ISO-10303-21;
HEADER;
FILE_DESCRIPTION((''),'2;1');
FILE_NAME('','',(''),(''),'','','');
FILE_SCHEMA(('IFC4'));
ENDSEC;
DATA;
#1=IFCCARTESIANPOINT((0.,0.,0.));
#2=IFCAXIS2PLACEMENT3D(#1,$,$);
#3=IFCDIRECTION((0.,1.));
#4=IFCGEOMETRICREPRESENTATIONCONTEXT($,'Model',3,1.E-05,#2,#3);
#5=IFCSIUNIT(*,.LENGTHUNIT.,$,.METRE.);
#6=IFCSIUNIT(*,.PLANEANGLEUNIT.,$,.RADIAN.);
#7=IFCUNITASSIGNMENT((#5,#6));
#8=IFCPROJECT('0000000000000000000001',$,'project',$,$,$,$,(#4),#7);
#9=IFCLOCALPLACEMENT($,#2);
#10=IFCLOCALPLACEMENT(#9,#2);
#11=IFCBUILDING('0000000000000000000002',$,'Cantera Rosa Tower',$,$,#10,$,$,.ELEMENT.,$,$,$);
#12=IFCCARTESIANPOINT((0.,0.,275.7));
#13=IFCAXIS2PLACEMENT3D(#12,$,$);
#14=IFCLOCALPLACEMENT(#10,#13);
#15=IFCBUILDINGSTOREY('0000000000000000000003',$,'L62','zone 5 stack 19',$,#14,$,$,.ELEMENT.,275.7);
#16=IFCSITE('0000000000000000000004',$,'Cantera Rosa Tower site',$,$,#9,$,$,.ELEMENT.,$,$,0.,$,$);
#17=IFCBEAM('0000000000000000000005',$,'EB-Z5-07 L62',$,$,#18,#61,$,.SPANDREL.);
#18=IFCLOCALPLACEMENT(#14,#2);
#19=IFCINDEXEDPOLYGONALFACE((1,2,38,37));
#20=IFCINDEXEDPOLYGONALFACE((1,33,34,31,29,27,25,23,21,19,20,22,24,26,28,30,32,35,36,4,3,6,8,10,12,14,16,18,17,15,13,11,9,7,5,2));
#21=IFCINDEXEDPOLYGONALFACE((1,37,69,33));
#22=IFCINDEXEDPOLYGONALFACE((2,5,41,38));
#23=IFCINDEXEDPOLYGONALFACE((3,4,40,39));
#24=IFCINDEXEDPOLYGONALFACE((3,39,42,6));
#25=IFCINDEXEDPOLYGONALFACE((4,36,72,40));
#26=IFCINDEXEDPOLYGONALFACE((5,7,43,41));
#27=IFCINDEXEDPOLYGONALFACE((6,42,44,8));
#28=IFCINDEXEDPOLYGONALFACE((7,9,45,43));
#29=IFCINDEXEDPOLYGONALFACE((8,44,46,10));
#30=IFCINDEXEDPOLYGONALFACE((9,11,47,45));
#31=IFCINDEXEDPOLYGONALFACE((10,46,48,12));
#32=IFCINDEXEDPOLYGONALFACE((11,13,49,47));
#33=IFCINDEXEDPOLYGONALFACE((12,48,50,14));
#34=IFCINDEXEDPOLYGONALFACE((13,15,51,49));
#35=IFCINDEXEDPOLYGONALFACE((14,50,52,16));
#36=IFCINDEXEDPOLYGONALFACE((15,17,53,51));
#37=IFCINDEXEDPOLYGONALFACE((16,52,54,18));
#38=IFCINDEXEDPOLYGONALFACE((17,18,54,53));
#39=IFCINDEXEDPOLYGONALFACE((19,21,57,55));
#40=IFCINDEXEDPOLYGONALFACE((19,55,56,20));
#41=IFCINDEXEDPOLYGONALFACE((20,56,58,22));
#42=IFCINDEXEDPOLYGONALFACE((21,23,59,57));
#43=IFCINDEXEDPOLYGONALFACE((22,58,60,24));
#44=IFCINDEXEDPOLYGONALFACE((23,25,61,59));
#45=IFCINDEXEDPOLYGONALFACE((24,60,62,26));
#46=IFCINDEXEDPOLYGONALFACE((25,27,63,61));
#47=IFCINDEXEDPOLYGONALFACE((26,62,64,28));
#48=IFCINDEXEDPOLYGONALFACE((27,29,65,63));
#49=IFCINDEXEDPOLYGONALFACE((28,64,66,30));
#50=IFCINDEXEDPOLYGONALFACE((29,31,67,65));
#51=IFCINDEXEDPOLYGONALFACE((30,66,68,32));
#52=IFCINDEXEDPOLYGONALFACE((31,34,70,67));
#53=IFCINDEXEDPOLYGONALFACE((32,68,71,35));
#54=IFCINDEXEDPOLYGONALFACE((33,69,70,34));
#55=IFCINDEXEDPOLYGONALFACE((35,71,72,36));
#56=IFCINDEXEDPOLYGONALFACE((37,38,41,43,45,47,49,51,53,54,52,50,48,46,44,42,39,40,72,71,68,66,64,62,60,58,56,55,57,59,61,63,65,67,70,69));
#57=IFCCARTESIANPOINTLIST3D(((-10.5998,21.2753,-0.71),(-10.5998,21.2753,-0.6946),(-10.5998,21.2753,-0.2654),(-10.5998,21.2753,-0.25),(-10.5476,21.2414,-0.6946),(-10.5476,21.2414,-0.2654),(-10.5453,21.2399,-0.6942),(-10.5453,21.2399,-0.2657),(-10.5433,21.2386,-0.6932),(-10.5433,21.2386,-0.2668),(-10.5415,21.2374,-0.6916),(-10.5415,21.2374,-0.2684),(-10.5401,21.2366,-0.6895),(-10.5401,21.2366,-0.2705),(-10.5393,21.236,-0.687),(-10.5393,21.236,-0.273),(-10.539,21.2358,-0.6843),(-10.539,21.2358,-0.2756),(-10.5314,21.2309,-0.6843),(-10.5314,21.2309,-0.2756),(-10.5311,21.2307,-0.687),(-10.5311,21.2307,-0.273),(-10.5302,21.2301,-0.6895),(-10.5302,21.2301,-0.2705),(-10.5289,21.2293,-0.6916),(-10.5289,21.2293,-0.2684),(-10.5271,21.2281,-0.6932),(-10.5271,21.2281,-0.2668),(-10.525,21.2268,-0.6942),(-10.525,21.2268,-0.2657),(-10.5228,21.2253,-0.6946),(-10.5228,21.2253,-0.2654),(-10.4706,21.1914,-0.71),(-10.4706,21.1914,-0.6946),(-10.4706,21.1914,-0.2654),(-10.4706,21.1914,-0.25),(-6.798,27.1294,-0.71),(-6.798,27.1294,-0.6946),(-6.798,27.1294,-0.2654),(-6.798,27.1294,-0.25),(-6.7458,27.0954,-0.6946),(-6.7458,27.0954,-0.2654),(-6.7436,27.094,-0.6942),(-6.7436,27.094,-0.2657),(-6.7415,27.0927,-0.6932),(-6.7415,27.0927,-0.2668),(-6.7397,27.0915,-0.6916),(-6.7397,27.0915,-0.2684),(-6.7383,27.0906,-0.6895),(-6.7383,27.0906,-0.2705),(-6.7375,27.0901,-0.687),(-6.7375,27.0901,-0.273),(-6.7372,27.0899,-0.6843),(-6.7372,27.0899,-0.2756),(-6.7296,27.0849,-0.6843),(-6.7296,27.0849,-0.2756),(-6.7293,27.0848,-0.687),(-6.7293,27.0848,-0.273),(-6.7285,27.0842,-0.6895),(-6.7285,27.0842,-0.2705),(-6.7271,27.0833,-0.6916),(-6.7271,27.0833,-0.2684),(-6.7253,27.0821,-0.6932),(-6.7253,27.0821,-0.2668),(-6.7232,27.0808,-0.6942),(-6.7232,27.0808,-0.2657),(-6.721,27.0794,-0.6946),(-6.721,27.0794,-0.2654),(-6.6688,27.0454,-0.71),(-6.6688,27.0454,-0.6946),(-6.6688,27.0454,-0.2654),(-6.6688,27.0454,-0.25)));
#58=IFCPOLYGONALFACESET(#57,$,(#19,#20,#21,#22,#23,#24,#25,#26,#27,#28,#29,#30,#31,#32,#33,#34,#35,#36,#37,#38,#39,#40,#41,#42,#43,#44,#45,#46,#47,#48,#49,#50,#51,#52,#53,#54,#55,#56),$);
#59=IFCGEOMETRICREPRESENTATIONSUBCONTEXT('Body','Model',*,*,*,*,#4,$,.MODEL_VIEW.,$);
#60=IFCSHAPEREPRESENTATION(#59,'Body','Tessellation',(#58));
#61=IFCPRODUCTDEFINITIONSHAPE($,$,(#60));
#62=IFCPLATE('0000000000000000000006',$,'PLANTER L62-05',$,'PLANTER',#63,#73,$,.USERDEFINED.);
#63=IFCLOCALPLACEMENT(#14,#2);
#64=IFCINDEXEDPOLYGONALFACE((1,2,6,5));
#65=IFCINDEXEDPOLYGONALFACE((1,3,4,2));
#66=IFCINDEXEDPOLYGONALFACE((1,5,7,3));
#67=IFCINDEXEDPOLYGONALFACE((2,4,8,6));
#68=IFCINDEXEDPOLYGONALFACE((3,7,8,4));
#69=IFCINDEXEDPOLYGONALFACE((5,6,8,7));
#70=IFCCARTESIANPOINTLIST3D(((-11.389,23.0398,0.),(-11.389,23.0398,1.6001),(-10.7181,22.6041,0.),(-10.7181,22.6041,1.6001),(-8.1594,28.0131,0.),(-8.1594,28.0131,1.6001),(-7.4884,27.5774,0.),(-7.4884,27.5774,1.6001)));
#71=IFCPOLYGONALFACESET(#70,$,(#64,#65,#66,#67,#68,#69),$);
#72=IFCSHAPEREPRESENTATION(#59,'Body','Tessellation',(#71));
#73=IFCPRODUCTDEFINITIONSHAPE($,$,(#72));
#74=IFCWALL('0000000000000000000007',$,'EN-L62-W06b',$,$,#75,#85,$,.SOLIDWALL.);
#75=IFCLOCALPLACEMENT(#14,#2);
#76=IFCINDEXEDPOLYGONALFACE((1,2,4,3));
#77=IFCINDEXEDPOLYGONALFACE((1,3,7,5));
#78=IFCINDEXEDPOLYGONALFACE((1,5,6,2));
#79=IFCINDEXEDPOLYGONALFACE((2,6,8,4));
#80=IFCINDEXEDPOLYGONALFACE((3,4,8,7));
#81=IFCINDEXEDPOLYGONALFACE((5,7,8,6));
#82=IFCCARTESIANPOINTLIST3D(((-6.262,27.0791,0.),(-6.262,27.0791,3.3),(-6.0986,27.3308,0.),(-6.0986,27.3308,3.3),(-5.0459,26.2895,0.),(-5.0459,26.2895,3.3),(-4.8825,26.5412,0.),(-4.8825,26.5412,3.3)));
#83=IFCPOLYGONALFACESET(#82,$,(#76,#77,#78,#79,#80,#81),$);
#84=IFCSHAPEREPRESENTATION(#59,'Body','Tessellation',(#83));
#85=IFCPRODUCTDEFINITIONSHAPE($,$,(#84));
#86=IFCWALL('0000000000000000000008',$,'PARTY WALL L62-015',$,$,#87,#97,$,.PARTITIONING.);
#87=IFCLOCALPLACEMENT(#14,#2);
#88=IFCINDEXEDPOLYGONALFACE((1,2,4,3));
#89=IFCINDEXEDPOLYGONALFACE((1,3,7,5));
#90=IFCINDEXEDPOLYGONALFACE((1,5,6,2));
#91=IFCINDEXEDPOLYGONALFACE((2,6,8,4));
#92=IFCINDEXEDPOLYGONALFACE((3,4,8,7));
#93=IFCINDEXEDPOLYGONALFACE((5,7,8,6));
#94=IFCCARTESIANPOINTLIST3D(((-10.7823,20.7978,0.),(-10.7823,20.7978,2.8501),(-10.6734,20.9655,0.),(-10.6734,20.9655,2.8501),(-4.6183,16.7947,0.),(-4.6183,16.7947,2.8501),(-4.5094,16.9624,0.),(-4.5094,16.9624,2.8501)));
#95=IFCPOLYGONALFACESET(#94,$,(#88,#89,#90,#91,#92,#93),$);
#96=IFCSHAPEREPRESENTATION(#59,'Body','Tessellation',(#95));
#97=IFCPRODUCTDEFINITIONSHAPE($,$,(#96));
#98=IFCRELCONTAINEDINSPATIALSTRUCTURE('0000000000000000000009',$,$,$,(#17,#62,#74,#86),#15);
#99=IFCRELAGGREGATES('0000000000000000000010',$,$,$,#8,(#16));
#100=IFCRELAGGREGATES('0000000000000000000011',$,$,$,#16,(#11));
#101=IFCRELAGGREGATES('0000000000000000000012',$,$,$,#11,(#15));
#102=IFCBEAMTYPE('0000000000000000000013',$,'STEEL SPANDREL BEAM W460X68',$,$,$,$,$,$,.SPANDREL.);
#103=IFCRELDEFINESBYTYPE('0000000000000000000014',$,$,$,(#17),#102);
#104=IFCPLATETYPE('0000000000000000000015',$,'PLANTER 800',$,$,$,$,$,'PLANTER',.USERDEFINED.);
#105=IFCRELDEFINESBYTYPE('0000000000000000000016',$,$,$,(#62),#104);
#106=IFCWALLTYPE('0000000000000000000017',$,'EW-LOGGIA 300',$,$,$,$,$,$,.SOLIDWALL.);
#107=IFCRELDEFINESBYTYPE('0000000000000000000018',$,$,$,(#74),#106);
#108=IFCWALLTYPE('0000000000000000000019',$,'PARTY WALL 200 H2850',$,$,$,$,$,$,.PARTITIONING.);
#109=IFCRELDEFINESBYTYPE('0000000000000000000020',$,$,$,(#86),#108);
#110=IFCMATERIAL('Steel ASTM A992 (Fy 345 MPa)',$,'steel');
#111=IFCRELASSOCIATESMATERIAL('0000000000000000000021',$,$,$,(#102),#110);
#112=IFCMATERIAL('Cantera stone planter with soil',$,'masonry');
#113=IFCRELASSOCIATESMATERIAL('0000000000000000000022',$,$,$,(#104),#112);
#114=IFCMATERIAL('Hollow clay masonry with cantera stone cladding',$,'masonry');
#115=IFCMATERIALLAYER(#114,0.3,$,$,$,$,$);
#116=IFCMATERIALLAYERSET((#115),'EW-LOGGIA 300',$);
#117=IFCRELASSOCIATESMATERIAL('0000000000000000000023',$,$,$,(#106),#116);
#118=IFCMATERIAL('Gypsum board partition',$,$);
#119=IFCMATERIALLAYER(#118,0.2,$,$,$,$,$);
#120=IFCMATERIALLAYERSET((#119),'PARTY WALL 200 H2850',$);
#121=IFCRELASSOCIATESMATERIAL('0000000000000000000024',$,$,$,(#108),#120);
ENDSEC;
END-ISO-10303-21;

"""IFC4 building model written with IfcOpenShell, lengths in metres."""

from ifc_helpers import new_model, si_unit, direction, frame, frame_2d, origin, origin_2d, place, context, subcontext, project, spatial, rectangle, i_section, extrude, material, layer, layer_set, material_profile, profile_set, type_object, element, save


model = new_model("IFC4")

# Units and contexts
model_context = context("Model", 3, precision=1e-05, world=origin(), true_north=direction((0.0, 1.0)))
body_context = subcontext(model_context, "Body", "Model", "MODEL_VIEW")
ifc_project = project(units=[si_unit("LENGTHUNIT", "METRE"), si_unit("PLANEANGLEUNIT", "RADIAN")], contexts=[model_context])

# Site, building, storey
site_placement = place(None, origin())
site = spatial("IfcSite", under=ifc_project, at=site_placement, Name="Cantera Rosa Tower site", CompositionType="ELEMENT", RefElevation=0.0)
building_placement = place(site_placement, origin())
building = spatial("IfcBuilding", under=site, at=building_placement, Name="Cantera Rosa Tower", CompositionType="ELEMENT")
storey_placement = place(building_placement, frame((0.0, 0.0, 275.7)))
storey = spatial("IfcBuildingStorey", under=building, at=storey_placement, Name="L62", Description="zone 5 stack 19", CompositionType="ELEMENT", Elevation=275.7)

# Beam
ifc_material_1 = material(Name="Steel ASTM A992 (Fy 345 MPa)", Category="steel")
ifc_material_profile_1 = material_profile(ifc_material_1, i_section(OverallWidth=0.1541, OverallDepth=0.46, WebThickness=0.009, FlangeThickness=0.0154, FilletRadius=0.0103, at=origin_2d()), Name="W460X68")
ifc_profile_set_1 = profile_set([ifc_material_profile_1], Name="Steel ASTM A992 (Fy 345 MPa)")
beam_type_1 = type_object("IfcBeamType", Name="STEEL SPANDREL BEAM W460X68", PredefinedType="SPANDREL", material=ifc_profile_set_1)
beam_1_placement = place(storey_placement, frame((-6.7334, 27.0874, -0.48), z_axis=(-0.544651, -0.838663, 0.0), x_axis=(0.838663, -0.544651, 0.0)))
element("IfcBeam", 1, at=beam_1_placement, inside=storey, type_object=beam_type_1, Name="EB-Z5-07 L62", PredefinedType="SPANDREL", context=body_context, shape_type="SweptSolid", body=[
    extrude(i_section(OverallWidth=0.1541, OverallDepth=0.46, WebThickness=0.009, FlangeThickness=0.0154, FilletRadius=0.0103, at=origin_2d()), origin(), (0.0, 0.0, 1.0), 6.9802),
])

# Plate
ifc_material_2 = material(Name="Cantera stone planter with soil", Category="masonry")
plate_type = type_object("IfcPlateType", Name="PLANTER 800", ElementType="PLANTER", PredefinedType="USERDEFINED", material=ifc_material_2)
plate_placement = place(storey_placement, frame((-9.4387, 25.3086, 0.0), z_axis=(0.0, 0.0, 1.0), x_axis=(-0.544639, -0.838671, 0.0)))
element("IfcPlate", 2, at=plate_placement, inside=storey, type_object=plate_type, Name="PLANTER L62-05", ObjectType="PLANTER", PredefinedType="USERDEFINED", context=body_context, shape_type="SweptSolid", body=[
    extrude(rectangle(XDim=5.9299, YDim=0.8, at=origin_2d()), origin(), (0.0, 0.0, 1.0), 1.6001),
])

# Wall
ifc_material_3 = material(Name="Hollow clay masonry with cantera stone cladding", Category="masonry")
ifc_layer_1 = layer(ifc_material_3, 0.3)
ifc_layer_set_1 = layer_set([ifc_layer_1], Name="EW-LOGGIA 300")
wall_type_1 = type_object("IfcWallType", Name="EW-LOGGIA 300", PredefinedType="SOLIDWALL", material=ifc_layer_set_1)
wall_1_placement = place(storey_placement, frame((-4.9641, 26.4153, 0.0), z_axis=(0.0, 0.0, 1.0), x_axis=(-0.838724, 0.544556, 0.0)))
element("IfcWall", 3, at=wall_1_placement, inside=storey, type_object=wall_type_1, Name="EN-L62-W06b", PredefinedType="SOLIDWALL", context=body_context, shape_type="SweptSolid", body=[
    extrude(rectangle(XDim=1.45, YDim=0.3, at=frame_2d((0.7251, 0.0))), origin(), (0.0, 0.0, 1.0), 3.3),
])

# Wall
ifc_material_4 = material(Name="Gypsum board partition")
ifc_layer_2 = layer(ifc_material_4, 0.2)
ifc_layer_set_2 = layer_set([ifc_layer_2], Name="PARTY WALL 200 H2850")
wall_type_2 = type_object("IfcWallType", Name="PARTY WALL 200 H2850", PredefinedType="PARTITIONING", material=ifc_layer_set_2)
wall_2_placement = place(storey_placement, frame((-10.7278, 20.8816, 0.0), z_axis=(0.0, 0.0, 1.0), x_axis=(0.838659, -0.544657, 0.0)))
element("IfcWall", 4, at=wall_2_placement, inside=storey, type_object=wall_type_2, Name="PARTY WALL L62-015", PredefinedType="PARTITIONING", context=body_context, shape_type="SweptSolid", body=[
    extrude(rectangle(XDim=7.3499, YDim=0.2, at=frame_2d((3.6748, 0.0))), origin(), (0.0, 0.0, 1.0), 2.8501),
])

save(model, "model.ifc")
